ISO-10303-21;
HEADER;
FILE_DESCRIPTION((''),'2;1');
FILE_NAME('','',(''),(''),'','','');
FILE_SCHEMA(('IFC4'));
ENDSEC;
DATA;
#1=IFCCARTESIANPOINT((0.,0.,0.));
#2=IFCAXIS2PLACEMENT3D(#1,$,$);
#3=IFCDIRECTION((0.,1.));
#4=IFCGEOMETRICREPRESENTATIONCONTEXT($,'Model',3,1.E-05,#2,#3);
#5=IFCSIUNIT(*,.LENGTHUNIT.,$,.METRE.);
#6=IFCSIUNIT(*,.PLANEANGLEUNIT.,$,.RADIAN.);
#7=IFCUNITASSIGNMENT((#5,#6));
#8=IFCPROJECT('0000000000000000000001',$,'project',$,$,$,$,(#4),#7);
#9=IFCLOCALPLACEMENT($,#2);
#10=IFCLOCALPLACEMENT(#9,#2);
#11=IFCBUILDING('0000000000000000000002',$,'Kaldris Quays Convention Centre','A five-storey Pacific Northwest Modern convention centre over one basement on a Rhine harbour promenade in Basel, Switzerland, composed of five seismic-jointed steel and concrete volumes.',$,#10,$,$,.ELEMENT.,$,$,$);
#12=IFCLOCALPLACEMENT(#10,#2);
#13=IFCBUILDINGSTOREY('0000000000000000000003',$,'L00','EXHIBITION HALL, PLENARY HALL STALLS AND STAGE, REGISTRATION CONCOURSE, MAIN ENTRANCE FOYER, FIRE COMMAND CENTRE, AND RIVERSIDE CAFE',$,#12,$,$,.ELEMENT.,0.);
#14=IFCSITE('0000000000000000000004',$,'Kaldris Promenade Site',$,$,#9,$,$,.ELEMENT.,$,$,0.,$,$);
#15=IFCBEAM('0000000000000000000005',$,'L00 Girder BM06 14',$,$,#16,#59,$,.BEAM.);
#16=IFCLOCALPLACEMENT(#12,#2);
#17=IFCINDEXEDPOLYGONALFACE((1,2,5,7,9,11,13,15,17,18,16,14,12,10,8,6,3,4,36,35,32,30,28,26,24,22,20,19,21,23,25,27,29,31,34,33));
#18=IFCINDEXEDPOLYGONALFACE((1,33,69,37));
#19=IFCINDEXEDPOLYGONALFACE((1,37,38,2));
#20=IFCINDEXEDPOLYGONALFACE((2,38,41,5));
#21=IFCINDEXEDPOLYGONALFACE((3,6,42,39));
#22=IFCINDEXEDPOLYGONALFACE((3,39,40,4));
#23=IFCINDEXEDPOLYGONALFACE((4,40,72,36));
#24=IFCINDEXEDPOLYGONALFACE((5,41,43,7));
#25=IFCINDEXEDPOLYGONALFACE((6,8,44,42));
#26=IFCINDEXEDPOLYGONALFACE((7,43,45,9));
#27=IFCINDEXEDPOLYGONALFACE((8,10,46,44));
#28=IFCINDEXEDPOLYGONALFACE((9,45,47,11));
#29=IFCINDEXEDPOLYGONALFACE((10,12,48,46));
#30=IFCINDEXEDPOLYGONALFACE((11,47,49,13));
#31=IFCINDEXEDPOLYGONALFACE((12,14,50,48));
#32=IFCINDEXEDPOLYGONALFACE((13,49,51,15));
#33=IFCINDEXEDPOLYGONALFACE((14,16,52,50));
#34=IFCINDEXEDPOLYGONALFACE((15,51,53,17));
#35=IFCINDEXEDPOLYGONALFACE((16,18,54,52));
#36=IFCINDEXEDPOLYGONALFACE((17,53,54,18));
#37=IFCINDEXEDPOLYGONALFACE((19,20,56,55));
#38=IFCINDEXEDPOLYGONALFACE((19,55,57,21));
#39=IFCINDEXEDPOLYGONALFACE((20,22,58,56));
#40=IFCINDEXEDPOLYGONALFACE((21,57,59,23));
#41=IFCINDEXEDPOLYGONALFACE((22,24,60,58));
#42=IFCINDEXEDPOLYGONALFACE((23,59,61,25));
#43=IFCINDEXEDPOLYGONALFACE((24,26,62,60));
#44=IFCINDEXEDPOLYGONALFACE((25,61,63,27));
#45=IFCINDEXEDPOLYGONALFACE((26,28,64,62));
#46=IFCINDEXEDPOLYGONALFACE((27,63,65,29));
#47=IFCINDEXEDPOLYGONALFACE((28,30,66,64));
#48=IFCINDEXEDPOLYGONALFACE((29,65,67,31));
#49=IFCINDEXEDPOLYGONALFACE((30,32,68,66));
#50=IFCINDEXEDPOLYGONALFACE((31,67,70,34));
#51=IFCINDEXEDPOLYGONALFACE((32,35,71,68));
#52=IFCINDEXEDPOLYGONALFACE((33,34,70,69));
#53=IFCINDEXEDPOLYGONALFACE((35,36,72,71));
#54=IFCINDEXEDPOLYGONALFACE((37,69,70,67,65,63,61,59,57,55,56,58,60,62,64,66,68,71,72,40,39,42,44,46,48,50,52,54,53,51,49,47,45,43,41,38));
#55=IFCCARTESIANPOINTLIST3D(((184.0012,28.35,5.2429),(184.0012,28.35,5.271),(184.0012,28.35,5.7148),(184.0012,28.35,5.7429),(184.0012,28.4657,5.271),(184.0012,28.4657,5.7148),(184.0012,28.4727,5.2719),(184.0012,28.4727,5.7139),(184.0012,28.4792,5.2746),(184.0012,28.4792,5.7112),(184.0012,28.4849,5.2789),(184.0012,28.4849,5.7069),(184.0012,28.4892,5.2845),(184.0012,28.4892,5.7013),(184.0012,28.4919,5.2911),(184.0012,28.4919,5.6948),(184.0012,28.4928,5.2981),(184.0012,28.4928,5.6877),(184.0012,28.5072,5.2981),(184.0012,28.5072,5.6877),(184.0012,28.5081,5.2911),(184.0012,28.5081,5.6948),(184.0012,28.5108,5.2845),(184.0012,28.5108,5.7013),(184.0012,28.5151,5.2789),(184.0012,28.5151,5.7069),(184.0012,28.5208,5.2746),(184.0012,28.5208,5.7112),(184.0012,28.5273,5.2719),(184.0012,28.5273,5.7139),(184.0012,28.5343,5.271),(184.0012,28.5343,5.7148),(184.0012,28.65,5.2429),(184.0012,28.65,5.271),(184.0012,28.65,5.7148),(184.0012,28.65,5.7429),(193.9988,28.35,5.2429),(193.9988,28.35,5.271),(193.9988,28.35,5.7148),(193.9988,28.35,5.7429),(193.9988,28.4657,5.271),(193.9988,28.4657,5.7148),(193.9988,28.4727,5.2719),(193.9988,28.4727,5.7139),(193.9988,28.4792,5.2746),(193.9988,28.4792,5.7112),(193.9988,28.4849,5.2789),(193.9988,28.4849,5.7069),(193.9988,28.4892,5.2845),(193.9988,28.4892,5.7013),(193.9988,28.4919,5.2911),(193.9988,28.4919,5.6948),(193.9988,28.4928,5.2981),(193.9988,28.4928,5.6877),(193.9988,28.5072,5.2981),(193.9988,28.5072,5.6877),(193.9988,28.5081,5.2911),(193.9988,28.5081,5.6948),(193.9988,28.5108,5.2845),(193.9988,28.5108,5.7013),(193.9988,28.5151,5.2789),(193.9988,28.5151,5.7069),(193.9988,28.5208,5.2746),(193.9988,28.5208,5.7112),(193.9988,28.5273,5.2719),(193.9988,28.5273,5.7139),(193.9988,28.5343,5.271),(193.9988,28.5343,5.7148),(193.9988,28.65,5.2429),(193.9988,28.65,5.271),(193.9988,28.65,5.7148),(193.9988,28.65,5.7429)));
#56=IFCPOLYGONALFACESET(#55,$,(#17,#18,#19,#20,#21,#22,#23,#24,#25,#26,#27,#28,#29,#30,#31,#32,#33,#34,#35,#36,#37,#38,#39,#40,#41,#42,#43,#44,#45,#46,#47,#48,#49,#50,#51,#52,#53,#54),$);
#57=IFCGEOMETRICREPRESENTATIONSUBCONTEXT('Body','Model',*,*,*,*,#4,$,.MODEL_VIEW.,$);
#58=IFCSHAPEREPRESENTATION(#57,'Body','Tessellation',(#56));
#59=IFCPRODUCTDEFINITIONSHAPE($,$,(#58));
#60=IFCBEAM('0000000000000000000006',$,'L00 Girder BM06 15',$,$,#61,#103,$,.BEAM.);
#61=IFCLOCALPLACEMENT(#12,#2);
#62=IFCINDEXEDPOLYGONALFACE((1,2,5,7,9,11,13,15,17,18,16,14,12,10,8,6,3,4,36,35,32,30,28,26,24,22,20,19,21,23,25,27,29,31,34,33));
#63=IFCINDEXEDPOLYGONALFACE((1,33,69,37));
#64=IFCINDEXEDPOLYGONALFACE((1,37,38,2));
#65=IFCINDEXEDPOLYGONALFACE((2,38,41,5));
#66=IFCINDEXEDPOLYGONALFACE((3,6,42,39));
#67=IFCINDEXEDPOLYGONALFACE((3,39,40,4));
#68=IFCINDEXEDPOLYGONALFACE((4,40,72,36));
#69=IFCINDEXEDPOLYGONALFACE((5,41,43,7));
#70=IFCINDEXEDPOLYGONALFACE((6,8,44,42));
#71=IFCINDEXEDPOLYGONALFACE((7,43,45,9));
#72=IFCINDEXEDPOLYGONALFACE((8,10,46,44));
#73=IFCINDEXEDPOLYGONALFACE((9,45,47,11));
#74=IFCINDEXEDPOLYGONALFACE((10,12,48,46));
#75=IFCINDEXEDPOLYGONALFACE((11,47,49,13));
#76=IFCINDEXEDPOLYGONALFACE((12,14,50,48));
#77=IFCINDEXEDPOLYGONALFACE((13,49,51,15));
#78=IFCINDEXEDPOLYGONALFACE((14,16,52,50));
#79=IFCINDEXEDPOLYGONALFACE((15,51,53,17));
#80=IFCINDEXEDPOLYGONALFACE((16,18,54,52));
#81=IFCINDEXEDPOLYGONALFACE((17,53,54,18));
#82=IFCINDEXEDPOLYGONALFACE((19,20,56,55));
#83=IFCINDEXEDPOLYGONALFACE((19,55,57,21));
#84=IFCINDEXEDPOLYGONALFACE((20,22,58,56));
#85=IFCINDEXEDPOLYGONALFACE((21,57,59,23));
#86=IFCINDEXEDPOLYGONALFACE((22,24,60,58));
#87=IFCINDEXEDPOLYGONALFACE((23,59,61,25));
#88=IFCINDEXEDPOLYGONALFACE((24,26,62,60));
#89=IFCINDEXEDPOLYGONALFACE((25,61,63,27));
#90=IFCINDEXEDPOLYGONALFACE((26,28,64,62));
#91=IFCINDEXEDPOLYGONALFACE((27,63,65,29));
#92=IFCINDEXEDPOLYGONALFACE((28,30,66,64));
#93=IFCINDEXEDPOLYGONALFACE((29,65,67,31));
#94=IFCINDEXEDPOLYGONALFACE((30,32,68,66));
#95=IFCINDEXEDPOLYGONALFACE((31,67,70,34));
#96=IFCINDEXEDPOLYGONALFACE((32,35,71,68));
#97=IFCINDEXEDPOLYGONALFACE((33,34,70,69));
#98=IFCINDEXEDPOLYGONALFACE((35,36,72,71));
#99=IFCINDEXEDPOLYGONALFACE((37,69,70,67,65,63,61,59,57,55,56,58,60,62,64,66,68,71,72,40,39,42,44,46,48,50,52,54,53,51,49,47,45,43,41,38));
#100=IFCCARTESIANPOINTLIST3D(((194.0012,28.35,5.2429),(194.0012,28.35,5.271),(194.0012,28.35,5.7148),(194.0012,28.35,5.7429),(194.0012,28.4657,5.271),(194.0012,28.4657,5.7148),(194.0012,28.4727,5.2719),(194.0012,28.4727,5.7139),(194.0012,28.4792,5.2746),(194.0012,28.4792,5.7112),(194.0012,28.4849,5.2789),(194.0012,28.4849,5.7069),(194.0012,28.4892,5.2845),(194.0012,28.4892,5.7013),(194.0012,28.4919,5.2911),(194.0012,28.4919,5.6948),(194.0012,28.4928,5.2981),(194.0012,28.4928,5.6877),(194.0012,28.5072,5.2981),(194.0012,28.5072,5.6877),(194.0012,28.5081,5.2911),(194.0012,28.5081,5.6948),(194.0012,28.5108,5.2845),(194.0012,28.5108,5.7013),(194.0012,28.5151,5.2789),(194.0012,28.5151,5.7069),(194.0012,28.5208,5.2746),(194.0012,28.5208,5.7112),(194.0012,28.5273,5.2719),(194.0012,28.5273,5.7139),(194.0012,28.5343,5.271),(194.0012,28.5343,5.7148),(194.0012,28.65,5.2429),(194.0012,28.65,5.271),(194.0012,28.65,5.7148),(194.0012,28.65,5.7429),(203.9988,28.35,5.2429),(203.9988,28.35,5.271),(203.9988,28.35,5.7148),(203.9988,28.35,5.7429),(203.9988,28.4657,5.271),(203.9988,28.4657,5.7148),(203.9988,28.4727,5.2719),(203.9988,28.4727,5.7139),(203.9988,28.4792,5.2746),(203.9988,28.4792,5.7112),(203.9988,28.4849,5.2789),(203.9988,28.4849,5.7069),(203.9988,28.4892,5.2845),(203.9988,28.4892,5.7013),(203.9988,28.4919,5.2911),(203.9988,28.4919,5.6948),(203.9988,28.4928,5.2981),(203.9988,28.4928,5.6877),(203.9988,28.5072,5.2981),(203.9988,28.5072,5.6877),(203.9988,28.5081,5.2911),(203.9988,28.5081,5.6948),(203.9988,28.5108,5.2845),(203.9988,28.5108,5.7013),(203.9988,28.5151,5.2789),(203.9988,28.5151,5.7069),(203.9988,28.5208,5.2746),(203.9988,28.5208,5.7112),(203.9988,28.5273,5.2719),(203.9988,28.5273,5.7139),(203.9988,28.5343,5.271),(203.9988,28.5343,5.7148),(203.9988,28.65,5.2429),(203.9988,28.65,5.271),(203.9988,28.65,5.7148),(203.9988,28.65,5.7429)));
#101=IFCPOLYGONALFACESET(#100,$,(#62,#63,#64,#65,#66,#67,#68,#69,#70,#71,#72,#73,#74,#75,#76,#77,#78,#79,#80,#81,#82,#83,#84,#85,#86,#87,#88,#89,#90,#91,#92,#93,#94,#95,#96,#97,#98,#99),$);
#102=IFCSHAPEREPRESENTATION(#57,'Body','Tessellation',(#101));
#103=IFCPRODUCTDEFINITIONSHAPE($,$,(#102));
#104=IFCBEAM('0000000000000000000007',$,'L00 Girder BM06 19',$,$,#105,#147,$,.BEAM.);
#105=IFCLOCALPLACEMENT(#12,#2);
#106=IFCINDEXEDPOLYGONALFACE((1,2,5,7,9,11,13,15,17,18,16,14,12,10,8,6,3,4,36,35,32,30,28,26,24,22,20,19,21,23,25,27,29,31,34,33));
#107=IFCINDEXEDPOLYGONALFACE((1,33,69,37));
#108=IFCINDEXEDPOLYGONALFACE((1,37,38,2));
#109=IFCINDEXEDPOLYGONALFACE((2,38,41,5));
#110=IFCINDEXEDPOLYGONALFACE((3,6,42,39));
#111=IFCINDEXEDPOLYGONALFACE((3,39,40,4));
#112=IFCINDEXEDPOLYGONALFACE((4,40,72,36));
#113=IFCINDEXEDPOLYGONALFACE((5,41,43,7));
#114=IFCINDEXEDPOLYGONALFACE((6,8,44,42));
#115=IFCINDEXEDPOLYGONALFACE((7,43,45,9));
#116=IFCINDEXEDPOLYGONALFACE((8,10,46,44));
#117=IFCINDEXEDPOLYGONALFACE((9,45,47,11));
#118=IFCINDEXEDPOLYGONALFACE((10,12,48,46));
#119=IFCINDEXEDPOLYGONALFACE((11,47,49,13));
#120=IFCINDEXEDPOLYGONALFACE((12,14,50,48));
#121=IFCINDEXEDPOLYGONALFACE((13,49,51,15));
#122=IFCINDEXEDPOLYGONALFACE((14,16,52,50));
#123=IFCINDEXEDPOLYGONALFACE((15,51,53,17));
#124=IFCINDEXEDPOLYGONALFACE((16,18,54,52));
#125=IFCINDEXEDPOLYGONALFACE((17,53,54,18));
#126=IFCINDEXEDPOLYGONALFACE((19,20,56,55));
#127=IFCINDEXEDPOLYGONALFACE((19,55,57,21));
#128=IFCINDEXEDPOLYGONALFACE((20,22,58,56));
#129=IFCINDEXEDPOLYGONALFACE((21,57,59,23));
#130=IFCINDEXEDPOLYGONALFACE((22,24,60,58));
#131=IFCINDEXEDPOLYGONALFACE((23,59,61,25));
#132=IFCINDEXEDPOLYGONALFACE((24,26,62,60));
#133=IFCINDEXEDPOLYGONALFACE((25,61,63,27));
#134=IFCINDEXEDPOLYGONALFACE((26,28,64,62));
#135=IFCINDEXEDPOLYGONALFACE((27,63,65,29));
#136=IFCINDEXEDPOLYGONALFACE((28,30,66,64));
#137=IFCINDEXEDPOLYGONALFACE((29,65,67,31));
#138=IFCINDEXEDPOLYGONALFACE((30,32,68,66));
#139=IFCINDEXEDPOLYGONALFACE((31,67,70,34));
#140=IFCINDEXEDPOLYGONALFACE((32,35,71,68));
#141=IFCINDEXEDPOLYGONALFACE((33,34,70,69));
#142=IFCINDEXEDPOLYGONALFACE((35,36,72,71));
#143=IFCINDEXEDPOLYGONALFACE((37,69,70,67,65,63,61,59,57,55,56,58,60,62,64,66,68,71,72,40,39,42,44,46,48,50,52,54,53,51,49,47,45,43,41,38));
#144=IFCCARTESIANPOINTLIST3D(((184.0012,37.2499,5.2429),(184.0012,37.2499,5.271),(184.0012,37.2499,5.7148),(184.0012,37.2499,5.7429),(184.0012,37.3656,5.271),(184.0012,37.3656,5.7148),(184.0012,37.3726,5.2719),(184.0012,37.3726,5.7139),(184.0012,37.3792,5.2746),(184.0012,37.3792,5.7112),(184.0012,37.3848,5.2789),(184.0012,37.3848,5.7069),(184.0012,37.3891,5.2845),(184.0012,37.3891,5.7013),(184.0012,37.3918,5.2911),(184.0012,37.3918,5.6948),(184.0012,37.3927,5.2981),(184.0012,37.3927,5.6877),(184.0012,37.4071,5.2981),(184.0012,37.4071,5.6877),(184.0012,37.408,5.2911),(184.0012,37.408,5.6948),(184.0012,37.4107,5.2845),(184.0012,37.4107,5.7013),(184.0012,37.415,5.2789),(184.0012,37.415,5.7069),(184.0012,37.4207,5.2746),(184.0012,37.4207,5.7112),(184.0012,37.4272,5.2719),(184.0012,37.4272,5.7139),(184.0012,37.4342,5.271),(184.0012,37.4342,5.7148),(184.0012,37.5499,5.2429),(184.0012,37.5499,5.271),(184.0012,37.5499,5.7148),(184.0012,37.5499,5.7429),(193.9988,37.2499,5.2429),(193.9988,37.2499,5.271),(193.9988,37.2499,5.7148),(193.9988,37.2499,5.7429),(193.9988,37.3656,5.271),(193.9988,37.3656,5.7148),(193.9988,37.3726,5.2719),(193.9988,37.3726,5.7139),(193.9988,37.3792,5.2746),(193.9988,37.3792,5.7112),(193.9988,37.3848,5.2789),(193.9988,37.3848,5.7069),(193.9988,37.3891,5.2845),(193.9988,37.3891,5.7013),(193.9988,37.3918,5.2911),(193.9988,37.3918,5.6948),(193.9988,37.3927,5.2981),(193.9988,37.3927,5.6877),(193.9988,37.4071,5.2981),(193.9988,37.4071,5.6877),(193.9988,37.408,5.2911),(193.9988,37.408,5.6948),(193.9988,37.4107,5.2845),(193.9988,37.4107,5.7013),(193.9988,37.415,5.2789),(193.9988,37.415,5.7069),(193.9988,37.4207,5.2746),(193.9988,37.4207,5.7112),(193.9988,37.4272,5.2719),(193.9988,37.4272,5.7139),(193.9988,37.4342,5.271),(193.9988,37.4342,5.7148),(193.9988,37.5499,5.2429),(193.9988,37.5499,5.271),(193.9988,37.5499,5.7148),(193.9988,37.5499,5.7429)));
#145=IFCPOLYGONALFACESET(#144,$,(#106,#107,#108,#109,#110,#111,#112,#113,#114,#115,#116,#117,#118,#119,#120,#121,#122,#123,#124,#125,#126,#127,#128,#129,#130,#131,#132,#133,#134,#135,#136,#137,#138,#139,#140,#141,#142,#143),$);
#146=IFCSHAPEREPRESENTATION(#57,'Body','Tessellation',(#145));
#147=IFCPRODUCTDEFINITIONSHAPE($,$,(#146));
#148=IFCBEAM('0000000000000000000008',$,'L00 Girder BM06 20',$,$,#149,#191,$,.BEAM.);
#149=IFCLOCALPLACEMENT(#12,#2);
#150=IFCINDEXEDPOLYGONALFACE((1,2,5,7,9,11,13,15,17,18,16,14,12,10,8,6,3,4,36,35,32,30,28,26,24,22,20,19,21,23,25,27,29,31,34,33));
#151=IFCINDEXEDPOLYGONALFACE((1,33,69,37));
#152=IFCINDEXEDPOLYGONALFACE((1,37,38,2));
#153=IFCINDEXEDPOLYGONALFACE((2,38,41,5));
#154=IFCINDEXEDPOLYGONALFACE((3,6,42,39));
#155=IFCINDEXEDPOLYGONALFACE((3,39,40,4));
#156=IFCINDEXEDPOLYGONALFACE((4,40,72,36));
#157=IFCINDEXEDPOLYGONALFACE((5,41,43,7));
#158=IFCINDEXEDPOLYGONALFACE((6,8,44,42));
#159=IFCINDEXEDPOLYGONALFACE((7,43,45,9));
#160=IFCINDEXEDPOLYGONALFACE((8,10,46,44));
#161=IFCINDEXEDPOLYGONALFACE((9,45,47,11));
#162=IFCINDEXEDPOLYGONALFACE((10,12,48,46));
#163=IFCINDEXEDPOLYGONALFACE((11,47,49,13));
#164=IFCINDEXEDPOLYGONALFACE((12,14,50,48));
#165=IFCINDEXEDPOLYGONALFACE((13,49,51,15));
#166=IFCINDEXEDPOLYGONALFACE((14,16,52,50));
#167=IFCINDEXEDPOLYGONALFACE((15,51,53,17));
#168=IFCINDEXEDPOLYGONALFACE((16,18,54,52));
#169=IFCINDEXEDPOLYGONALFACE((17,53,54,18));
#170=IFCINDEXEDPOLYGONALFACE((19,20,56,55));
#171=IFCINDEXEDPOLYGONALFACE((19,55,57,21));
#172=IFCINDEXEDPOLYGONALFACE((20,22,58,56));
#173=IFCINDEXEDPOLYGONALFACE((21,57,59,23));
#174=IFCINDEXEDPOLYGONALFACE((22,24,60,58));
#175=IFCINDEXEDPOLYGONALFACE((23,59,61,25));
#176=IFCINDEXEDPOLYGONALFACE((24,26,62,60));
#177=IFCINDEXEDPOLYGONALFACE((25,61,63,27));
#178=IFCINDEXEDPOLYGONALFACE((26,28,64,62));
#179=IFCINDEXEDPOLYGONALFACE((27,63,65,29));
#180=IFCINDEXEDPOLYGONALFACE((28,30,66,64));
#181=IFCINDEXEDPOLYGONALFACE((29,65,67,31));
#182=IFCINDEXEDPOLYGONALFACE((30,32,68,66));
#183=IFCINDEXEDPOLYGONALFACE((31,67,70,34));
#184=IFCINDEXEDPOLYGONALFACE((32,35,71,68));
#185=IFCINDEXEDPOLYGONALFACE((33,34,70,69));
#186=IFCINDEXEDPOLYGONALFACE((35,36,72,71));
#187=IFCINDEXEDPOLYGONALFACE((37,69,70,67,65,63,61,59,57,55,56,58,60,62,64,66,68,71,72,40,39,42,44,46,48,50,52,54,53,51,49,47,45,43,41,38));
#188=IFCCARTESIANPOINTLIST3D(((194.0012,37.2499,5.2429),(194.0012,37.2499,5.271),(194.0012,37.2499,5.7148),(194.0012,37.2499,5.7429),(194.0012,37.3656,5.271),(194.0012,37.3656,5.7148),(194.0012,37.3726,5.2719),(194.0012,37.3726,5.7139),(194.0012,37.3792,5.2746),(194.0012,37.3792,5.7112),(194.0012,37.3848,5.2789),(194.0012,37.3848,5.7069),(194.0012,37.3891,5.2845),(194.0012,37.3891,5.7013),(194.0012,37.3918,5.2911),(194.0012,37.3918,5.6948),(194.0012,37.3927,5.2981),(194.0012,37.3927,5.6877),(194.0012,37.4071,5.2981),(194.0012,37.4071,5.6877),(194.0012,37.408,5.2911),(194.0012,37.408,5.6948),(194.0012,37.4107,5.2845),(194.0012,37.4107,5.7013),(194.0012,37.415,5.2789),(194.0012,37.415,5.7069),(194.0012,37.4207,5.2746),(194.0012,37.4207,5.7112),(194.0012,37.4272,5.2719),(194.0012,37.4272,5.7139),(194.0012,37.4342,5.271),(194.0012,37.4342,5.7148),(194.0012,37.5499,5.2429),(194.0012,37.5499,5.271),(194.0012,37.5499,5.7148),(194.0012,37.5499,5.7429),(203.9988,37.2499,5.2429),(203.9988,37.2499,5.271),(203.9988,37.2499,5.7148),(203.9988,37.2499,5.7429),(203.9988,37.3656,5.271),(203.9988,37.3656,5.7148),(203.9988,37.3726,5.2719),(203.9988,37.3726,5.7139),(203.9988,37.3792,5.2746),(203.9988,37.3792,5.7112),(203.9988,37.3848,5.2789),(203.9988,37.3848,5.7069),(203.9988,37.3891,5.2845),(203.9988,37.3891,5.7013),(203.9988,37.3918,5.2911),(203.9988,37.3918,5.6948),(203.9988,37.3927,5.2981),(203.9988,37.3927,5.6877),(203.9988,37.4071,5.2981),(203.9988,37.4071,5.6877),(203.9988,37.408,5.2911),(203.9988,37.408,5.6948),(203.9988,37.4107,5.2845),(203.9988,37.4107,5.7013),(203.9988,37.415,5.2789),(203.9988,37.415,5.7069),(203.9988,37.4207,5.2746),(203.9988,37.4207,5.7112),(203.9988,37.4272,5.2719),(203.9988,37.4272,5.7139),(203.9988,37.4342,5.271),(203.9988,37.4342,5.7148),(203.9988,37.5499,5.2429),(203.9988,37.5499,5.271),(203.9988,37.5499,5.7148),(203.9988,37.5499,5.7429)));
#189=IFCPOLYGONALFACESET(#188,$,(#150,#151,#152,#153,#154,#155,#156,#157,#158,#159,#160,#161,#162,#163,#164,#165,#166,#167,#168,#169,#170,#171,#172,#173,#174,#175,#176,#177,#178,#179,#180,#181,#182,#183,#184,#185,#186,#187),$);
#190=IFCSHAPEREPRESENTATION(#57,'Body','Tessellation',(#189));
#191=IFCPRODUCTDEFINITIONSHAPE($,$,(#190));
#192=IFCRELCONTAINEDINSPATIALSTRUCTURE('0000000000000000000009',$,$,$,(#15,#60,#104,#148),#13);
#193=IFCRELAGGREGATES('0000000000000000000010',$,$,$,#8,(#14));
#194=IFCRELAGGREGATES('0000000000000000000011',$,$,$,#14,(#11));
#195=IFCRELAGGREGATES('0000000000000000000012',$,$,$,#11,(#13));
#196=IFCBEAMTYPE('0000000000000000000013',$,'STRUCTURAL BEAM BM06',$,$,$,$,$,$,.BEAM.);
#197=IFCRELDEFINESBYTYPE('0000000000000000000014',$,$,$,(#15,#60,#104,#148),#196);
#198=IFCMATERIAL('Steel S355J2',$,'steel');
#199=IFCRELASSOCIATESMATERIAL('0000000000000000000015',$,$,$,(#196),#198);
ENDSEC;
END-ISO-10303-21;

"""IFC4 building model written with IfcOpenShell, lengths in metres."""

from ifc_helpers import new_model, si_unit, direction, frame, origin, origin_2d, place, context, subcontext, project, spatial, i_section, extrude, material, material_profile, profile_set, type_object, element, save


model = new_model("IFC4")

# Units and contexts
model_context = context("Model", 3, precision=1e-05, world=origin(), true_north=direction((0.0, 1.0)))
body_context = subcontext(model_context, "Body", "Model", "MODEL_VIEW")
ifc_project = project(units=[si_unit("LENGTHUNIT", "METRE"), si_unit("PLANEANGLEUNIT", "RADIAN")], contexts=[model_context])

# Site, building, storey
site_placement = place(None, origin())
site = spatial("IfcSite", under=ifc_project, at=site_placement, Name="Kaldris Promenade Site", CompositionType="ELEMENT", RefElevation=0.0)
building_placement = place(site_placement, origin())
building = spatial("IfcBuilding", under=site, at=building_placement, Name="Kaldris Quays Convention Centre", Description="A five-storey Pacific Northwest Modern convention centre over one basement on a Rhine harbour promenade in Basel, Switzerland, composed of five seismic-jointed steel and concrete volumes.", CompositionType="ELEMENT")
storey_placement = place(building_placement, origin())
storey = spatial("IfcBuildingStorey", under=building, at=storey_placement, Name="L00", Description="EXHIBITION HALL, PLENARY HALL STALLS AND STAGE, REGISTRATION CONCOURSE, MAIN ENTRANCE FOYER, FIRE COMMAND CENTRE, AND RIVERSIDE CAFE", CompositionType="ELEMENT", Elevation=0.0)

# Shared definitions
ifc_material_1 = material(Name="Steel S355J2", Category="steel")

# Beams
ifc_material_profile_1 = material_profile(ifc_material_1, i_section(OverallWidth=0.3, OverallDepth=0.5, WebThickness=0.0144, FlangeThickness=0.0281, FilletRadius=0.0271, at=origin_2d()), Name="HEB 500")
ifc_profile_set_1 = profile_set([ifc_material_profile_1], Name="Steel S355J2")
beam_type_1 = type_object("IfcBeamType", Name="STRUCTURAL BEAM BM06", PredefinedType="BEAM", material=ifc_profile_set_1)
for number, where, z_axis, x_axis, name in (
    (1, (184.0012, 28.5, 5.4929), (1.0, 0.0, 0.0), (0.0, 1.0, 0.0), "L00 Girder BM06 14"),
    (2, (194.0012, 28.5, 5.4929), (1.0, 0.0, 0.0), (0.0, 1.0, 0.0), "L00 Girder BM06 15"),
    (3, (184.0012, 37.3999, 5.4929), (1.0, 0.0, 0.0), (0.0, 1.0, 0.0), "L00 Girder BM06 19"),
    (4, (194.0012, 37.3999, 5.4929), (1.0, 0.0, 0.0), (0.0, 1.0, 0.0), "L00 Girder BM06 20"),
):
    element("IfcBeam", number, at=place(storey_placement, frame(where, z_axis=z_axis, x_axis=x_axis)), inside=storey, type_object=beam_type_1, Name=name, PredefinedType="BEAM", context=body_context, shape_type="SweptSolid", body=[
        extrude(i_section(OverallWidth=0.3, OverallDepth=0.5, WebThickness=0.0144, FlangeThickness=0.0281, FilletRadius=0.0271, at=origin_2d()), origin(), (0.0, 0.0, 1.0), 9.9976),
    ])

save(model, "model.ifc")
